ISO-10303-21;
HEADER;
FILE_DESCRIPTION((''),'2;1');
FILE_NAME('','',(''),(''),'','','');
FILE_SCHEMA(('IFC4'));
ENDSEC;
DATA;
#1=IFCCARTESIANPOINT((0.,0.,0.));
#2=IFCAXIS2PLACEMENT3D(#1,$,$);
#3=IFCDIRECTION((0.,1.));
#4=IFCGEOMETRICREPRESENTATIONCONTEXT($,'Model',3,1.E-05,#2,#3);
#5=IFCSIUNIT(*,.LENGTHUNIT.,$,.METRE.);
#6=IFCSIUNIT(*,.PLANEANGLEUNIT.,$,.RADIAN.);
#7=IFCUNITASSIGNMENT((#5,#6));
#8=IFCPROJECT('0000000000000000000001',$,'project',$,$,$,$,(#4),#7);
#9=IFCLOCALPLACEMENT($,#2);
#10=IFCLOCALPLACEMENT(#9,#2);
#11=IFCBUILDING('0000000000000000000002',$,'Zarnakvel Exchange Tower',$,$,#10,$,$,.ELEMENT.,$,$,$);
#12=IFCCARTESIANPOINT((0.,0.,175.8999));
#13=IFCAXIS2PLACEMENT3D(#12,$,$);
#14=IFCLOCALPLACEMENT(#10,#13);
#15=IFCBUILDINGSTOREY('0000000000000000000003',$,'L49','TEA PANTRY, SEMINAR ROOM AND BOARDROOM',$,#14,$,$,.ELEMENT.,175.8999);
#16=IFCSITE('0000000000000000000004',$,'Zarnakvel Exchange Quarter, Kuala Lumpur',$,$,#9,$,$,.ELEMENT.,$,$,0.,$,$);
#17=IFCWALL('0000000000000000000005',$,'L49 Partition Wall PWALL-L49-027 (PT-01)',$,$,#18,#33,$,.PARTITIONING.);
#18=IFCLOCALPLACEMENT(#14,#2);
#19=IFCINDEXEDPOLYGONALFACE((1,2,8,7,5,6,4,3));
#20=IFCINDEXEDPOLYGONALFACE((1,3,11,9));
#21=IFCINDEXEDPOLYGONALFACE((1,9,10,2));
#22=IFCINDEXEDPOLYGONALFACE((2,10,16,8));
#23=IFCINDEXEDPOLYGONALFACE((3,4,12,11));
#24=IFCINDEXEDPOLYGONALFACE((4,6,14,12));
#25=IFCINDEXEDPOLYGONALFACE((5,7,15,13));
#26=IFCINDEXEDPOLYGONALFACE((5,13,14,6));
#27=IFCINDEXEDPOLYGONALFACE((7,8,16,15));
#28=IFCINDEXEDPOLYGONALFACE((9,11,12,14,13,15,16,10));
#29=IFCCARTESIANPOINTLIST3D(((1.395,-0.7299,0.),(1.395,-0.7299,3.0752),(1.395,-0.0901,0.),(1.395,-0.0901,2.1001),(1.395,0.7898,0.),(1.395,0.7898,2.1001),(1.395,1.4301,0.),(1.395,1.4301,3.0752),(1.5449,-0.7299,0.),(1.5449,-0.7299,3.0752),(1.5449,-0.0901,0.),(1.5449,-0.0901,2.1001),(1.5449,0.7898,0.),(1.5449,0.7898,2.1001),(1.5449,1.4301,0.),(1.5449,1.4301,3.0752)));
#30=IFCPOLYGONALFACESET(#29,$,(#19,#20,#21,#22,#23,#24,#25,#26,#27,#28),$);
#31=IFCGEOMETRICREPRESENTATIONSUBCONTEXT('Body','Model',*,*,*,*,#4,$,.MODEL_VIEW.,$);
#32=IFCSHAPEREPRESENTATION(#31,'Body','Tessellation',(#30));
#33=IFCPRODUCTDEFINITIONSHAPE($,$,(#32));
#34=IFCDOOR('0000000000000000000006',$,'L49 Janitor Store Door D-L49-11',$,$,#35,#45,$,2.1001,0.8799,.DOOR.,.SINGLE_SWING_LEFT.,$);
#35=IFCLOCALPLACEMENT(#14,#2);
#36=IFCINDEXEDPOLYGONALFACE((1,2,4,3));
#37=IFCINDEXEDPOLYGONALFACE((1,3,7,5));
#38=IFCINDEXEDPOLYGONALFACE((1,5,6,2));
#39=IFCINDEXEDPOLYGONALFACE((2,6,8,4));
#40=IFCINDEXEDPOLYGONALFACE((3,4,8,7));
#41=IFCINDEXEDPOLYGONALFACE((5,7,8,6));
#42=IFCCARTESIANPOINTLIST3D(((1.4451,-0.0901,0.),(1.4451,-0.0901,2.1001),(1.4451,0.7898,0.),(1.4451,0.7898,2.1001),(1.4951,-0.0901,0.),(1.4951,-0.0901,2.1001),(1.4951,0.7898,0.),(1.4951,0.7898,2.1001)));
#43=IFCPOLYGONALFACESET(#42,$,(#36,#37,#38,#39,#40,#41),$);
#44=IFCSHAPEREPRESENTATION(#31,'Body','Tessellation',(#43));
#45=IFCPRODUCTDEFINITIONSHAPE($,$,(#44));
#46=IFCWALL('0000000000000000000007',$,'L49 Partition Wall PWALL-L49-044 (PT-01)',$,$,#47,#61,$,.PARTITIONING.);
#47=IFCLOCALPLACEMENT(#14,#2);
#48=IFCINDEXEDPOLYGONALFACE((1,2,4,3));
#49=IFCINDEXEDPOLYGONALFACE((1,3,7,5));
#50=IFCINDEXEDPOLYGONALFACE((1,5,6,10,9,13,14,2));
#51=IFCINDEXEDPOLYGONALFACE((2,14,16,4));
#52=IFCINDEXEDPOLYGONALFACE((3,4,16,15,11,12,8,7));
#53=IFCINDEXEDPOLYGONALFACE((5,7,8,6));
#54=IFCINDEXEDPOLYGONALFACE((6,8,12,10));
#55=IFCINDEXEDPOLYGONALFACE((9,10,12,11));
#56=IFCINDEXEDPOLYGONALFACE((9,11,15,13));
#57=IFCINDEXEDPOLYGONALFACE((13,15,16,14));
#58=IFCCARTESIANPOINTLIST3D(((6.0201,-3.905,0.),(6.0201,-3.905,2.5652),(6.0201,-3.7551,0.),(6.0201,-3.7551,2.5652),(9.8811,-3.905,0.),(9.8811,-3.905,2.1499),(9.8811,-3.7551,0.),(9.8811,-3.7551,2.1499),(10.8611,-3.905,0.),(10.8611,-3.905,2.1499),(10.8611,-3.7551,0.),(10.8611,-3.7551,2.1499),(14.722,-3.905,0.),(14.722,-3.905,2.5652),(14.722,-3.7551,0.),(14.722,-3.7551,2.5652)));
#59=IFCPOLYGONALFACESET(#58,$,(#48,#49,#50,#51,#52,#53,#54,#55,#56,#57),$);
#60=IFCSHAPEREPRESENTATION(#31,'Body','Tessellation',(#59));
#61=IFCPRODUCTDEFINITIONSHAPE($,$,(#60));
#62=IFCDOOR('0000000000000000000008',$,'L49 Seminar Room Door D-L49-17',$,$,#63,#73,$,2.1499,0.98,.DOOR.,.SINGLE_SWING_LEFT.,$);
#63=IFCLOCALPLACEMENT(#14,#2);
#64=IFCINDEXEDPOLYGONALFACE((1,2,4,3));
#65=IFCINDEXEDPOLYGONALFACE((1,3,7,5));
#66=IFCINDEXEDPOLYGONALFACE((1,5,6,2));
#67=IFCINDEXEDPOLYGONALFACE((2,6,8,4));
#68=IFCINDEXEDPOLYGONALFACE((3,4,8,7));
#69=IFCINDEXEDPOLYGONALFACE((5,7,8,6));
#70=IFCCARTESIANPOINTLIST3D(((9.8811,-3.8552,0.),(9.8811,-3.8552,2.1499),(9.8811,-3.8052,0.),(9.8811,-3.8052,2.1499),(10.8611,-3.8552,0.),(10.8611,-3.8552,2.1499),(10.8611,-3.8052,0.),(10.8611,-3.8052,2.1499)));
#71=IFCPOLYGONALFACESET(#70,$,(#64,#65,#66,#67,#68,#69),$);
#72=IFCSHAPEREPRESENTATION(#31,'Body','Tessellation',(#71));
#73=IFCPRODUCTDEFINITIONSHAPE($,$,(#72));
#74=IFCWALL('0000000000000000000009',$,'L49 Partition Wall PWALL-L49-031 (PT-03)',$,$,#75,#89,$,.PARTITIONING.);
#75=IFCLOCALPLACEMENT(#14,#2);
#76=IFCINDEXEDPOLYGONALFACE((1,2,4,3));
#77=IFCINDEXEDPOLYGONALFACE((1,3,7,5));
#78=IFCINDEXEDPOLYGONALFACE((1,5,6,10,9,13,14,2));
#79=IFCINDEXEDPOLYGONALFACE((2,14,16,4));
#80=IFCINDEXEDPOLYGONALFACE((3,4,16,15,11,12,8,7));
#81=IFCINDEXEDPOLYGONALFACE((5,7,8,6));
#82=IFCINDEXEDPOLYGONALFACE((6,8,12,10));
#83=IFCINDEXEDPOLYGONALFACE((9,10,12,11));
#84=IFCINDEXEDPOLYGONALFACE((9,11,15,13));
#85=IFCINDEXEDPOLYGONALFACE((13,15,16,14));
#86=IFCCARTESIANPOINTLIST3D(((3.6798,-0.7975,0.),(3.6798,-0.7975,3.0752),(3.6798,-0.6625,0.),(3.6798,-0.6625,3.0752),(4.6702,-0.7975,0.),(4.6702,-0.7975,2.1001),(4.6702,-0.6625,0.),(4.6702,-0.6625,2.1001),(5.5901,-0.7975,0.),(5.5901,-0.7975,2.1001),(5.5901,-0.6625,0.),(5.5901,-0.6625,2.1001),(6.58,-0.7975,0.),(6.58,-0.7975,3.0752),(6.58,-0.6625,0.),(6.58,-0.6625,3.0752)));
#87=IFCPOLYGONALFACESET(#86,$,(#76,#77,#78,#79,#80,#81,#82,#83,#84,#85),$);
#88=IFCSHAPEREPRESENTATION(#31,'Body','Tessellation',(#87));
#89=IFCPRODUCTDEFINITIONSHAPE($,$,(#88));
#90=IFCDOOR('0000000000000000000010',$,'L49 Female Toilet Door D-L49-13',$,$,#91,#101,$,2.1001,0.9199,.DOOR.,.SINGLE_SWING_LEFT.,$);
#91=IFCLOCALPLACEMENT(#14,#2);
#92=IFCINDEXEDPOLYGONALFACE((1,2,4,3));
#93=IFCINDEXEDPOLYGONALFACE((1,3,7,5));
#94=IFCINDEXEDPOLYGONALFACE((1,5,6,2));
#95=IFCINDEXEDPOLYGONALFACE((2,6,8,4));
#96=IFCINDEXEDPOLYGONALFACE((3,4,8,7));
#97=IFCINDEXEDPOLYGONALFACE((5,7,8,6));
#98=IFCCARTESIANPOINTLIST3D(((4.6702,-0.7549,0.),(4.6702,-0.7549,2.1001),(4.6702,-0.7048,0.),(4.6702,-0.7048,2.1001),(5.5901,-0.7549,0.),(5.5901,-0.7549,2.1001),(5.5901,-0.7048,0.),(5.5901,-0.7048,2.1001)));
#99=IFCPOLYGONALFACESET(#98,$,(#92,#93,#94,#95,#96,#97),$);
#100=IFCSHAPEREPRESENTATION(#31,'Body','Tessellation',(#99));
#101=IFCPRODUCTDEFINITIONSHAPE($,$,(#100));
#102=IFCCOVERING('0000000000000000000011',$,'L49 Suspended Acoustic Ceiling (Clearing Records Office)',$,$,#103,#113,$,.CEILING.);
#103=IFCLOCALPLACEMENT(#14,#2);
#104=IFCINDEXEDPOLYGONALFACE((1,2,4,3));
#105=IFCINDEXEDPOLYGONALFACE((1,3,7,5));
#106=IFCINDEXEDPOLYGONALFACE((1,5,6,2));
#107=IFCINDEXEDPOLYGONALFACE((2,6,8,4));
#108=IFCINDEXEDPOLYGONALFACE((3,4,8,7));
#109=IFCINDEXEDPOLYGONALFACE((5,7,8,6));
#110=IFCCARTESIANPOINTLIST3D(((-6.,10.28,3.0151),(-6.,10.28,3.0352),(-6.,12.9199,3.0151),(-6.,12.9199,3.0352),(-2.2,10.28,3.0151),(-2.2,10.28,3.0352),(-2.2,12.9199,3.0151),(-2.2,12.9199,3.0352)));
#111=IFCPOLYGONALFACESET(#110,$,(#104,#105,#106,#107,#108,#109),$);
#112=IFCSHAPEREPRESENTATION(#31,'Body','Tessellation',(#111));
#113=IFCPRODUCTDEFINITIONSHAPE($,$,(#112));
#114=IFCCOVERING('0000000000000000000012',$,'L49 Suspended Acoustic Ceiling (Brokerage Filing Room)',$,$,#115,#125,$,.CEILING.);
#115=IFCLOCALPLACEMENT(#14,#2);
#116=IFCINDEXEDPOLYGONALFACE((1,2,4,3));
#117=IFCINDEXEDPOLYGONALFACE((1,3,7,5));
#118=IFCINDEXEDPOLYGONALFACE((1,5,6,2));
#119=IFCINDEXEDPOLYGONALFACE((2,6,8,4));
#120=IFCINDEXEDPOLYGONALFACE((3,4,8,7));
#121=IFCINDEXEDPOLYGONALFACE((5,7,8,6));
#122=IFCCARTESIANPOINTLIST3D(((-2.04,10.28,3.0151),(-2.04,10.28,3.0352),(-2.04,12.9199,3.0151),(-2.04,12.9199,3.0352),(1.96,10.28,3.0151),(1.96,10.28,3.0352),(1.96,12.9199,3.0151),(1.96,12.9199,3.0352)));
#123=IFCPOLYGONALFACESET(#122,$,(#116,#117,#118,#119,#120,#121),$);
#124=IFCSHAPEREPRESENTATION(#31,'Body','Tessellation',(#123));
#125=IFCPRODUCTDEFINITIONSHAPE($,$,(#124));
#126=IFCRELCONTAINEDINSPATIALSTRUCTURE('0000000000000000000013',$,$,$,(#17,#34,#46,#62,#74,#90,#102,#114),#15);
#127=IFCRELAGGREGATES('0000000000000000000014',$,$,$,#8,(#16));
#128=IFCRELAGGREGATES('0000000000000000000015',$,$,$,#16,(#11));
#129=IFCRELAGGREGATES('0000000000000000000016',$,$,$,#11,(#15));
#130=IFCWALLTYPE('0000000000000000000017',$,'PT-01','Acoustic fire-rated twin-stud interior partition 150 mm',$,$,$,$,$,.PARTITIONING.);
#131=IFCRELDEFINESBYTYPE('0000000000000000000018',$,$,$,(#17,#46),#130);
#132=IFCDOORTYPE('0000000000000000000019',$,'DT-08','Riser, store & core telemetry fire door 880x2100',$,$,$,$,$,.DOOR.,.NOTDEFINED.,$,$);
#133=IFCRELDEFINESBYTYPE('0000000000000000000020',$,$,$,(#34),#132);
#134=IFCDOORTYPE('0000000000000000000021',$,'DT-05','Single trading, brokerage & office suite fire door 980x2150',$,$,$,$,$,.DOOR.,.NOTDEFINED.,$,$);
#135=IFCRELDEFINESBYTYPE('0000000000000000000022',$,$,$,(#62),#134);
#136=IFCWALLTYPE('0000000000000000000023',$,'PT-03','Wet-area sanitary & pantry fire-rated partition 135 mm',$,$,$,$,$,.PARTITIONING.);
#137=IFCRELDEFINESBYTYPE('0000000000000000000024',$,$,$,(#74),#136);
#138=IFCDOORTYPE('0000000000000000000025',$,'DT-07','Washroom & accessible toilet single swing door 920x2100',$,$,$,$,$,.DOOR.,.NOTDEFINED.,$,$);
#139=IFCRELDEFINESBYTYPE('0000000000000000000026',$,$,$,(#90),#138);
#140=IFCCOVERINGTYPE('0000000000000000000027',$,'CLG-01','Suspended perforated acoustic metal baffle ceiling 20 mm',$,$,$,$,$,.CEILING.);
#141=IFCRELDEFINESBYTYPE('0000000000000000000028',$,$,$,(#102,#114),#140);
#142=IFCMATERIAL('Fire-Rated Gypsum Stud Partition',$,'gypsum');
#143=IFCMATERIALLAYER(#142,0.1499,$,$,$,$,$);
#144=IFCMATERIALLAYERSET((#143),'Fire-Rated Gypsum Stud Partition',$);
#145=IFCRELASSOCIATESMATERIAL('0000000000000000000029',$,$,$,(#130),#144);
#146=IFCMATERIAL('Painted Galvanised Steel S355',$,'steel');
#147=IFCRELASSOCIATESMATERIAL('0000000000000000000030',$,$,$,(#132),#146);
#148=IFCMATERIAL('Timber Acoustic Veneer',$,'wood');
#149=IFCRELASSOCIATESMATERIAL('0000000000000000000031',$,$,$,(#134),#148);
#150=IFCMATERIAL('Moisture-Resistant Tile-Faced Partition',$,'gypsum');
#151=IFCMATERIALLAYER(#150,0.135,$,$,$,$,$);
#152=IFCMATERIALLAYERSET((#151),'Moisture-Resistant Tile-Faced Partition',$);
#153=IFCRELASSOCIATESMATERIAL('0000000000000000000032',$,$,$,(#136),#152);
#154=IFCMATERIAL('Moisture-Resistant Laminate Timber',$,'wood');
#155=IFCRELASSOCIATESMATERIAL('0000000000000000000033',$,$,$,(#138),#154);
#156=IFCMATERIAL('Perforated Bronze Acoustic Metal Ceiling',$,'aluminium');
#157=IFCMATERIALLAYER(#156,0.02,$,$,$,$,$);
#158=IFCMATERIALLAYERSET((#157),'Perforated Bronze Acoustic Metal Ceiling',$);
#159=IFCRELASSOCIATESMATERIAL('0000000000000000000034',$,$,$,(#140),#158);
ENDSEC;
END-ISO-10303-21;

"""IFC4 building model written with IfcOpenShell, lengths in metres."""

from ifc_helpers import new_model, si_unit, direction, frame, frame_2d, origin, place, context, subcontext, project, spatial, polyline, rectangle, outline, extrude, source, transform, mapped, material, layer, layer_set, type_object, element, fill, save


model = new_model("IFC4")

# Units and contexts
model_context = context("Model", 3, precision=1e-05, world=origin(), true_north=direction((0.0, 1.0)))
body_context = subcontext(model_context, "Body", "Model", "MODEL_VIEW")
ifc_project = project(units=[si_unit("LENGTHUNIT", "METRE"), si_unit("PLANEANGLEUNIT", "RADIAN")], contexts=[model_context])

# Site, building, storey
site_placement = place(None, origin())
site = spatial("IfcSite", under=ifc_project, at=site_placement, Name="Zarnakvel Exchange Quarter, Kuala Lumpur", CompositionType="ELEMENT", RefElevation=0.0)
building_placement = place(site_placement, origin())
building = spatial("IfcBuilding", under=site, at=building_placement, Name="Zarnakvel Exchange Tower", CompositionType="ELEMENT")
storey_placement = place(building_placement, frame((0.0, 0.0, 175.8999)))
storey = spatial("IfcBuildingStorey", under=building, at=storey_placement, Name="L49", Description="TEA PANTRY, SEMINAR ROOM AND BOARDROOM", CompositionType="ELEMENT", Elevation=175.8999)

# Shared definitions
ifc_material_1 = material(Name="Fire-Rated Gypsum Stud Partition", Category="gypsum")
ifc_layer_1 = layer(ifc_material_1, 0.1499)
ifc_layer_set_1 = layer_set([ifc_layer_1], Name="Fire-Rated Gypsum Stud Partition")
wall_type_1 = type_object("IfcWallType", Name="PT-01", Description="Acoustic fire-rated twin-stud interior partition 150 mm", PredefinedType="PARTITIONING", material=ifc_layer_set_1)

# Walls, openings, doors
wall_1_placement = place(storey_placement, frame((1.47, -0.73, 0.0), z_axis=(0.0, 0.0, 1.0), x_axis=(0.0, 1.0, 0.0)))
wall_1 = element("IfcWall", 1, at=wall_1_placement, inside=storey, type_object=wall_type_1, Name="L49 Partition Wall PWALL-L49-027 (PT-01)", PredefinedType="PARTITIONING", context=body_context, shape_type="SweptSolid", body=[
    extrude(rectangle(XDim=2.1599, YDim=0.1499, at=frame_2d((1.0801, 0.0))), origin(), (0.0, 0.0, 1.0), 3.0752),
])
opening_1_placement = place(wall_1_placement, frame((0.6399, 0.0, 0.0)))
opening_1 = element("IfcOpeningElement", 2, at=opening_1_placement, cuts=wall_1, PredefinedType="OPENING", context=body_context, shape_type="SweptSolid", body=[
    extrude(rectangle(XDim=0.8799, YDim=2.1001, at=frame_2d((0.4399, 1.05))), frame((0.0, 0.085, 0.0), z_axis=(0.0, -1.0, 0.0), x_axis=(1.0, 0.0, 0.0)), (0.0, 0.0, 1.0), 0.1699),
])
ifc_material_2 = material(Name="Painted Galvanised Steel S355", Category="steel")
door_type_1 = type_object("IfcDoorType", Name="DT-08", Description="Riser, store & core telemetry fire door 880x2100", OperationType="NOTDEFINED", PredefinedType="DOOR", material=ifc_material_2)
shared_shape_1 = source(origin(), body_context, "Body", "SweptSolid", [
    extrude(rectangle(XDim=0.8799, YDim=2.1001, at=frame_2d((0.4399, 1.05))), frame((0.0, 0.0249, 0.0), z_axis=(0.0, -1.0, 0.0), x_axis=(1.0, 0.0, 0.0)), (0.0, 0.0, 1.0), 0.05),
])
door_1_placement = place(opening_1_placement, origin())
door_1 = element("IfcDoor", 3, at=door_1_placement, inside=storey, type_object=door_type_1, Name="L49 Janitor Store Door D-L49-11", OperationType="SINGLE_SWING_LEFT", OverallHeight=2.1001, OverallWidth=0.8799, PredefinedType="DOOR", context=body_context, shape_type="MappedRepresentation", body=[
    mapped(shared_shape_1, transform((0.0, 0.0, 0.0), x_axis=(1.0, 0.0, 0.0), y_axis=(0.0, 1.0, 0.0), z_axis=(0.0, 0.0, 1.0), scale=1.0)),
])
fill(opening_1, door_1)
wall_2_placement = place(storey_placement, frame((6.02, -3.8301, 0.0), z_axis=(0.0, 0.0, 1.0), x_axis=(1.0, 0.0, 0.0)))
wall_2 = element("IfcWall", 4, at=wall_2_placement, inside=storey, type_object=wall_type_1, Name="L49 Partition Wall PWALL-L49-044 (PT-01)", PredefinedType="PARTITIONING", context=body_context, shape_type="SweptSolid", body=[
    extrude(rectangle(XDim=8.7019, YDim=0.1499, at=frame_2d((4.3511, 0.0))), origin(), (0.0, 0.0, 1.0), 2.5652),
])
opening_2_placement = place(wall_2_placement, frame((3.8611, 0.0, 0.0)))
opening_2 = element("IfcOpeningElement", 5, at=opening_2_placement, cuts=wall_2, PredefinedType="OPENING", context=body_context, shape_type="SweptSolid", body=[
    extrude(rectangle(XDim=0.98, YDim=2.1499, at=frame_2d((0.49, 1.075))), frame((0.0, 0.085, 0.0), z_axis=(0.0, -1.0, 0.0), x_axis=(1.0, 0.0, 0.0)), (0.0, 0.0, 1.0), 0.1699),
])
ifc_material_3 = material(Name="Timber Acoustic Veneer", Category="wood")
door_type_2 = type_object("IfcDoorType", Name="DT-05", Description="Single trading, brokerage & office suite fire door 980x2150", OperationType="NOTDEFINED", PredefinedType="DOOR", material=ifc_material_3)
shared_shape_2 = source(origin(), body_context, "Body", "SweptSolid", [
    extrude(rectangle(XDim=0.98, YDim=2.1499, at=frame_2d((0.49, 1.075))), frame((0.0, 0.0249, 0.0), z_axis=(0.0, -1.0, 0.0), x_axis=(1.0, 0.0, 0.0)), (0.0, 0.0, 1.0), 0.05),
])
door_2_placement = place(opening_2_placement, origin())
door_2 = element("IfcDoor", 6, at=door_2_placement, inside=storey, type_object=door_type_2, Name="L49 Seminar Room Door D-L49-17", OperationType="SINGLE_SWING_LEFT", OverallHeight=2.1499, OverallWidth=0.98, PredefinedType="DOOR", context=body_context, shape_type="MappedRepresentation", body=[
    mapped(shared_shape_2, transform((0.0, 0.0, 0.0), x_axis=(1.0, 0.0, 0.0), y_axis=(0.0, 1.0, 0.0), z_axis=(0.0, 0.0, 1.0), scale=1.0)),
])
fill(opening_2, door_2)
ifc_material_4 = material(Name="Moisture-Resistant Tile-Faced Partition", Category="gypsum")
ifc_layer_2 = layer(ifc_material_4, 0.135)
ifc_layer_set_2 = layer_set([ifc_layer_2], Name="Moisture-Resistant Tile-Faced Partition")
wall_type_2 = type_object("IfcWallType", Name="PT-03", Description="Wet-area sanitary & pantry fire-rated partition 135 mm", PredefinedType="PARTITIONING", material=ifc_layer_set_2)
wall_3_placement = place(storey_placement, frame((6.5801, -0.73, 0.0), z_axis=(0.0, 0.0, 1.0), x_axis=(-1.0, 0.0, 0.0)))
wall_3 = element("IfcWall", 7, at=wall_3_placement, inside=storey, type_object=wall_type_2, Name="L49 Partition Wall PWALL-L49-031 (PT-03)", PredefinedType="PARTITIONING", context=body_context, shape_type="SweptSolid", body=[
    extrude(rectangle(XDim=2.9001, YDim=0.135, at=frame_2d((1.4502, 0.0))), origin(), (0.0, 0.0, 1.0), 3.0752),
])
opening_3_placement = place(wall_3_placement, frame((0.99, 0.0, 0.0)))
opening_3 = element("IfcOpeningElement", 8, at=opening_3_placement, cuts=wall_3, PredefinedType="OPENING", context=body_context, shape_type="SweptSolid", body=[
    extrude(rectangle(XDim=0.9199, YDim=2.1001, at=frame_2d((0.46, 1.05))), frame((0.0, 0.0774, 0.0), z_axis=(0.0, -1.0, 0.0), x_axis=(1.0, 0.0, 0.0)), (0.0, 0.0, 1.0), 0.155),
])
ifc_material_5 = material(Name="Moisture-Resistant Laminate Timber", Category="wood")
door_type_3 = type_object("IfcDoorType", Name="DT-07", Description="Washroom & accessible toilet single swing door 920x2100", OperationType="NOTDEFINED", PredefinedType="DOOR", material=ifc_material_5)
shared_shape_3 = source(origin(), body_context, "Body", "SweptSolid", [
    extrude(rectangle(XDim=0.9199, YDim=2.1001, at=frame_2d((0.46, 1.05))), frame((0.0, 0.0249, 0.0), z_axis=(0.0, -1.0, 0.0), x_axis=(1.0, 0.0, 0.0)), (0.0, 0.0, 1.0), 0.05),
])
door_3_placement = place(opening_3_placement, origin())
door_3 = element("IfcDoor", 9, at=door_3_placement, inside=storey, type_object=door_type_3, Name="L49 Female Toilet Door D-L49-13", OperationType="SINGLE_SWING_LEFT", OverallHeight=2.1001, OverallWidth=0.9199, PredefinedType="DOOR", context=body_context, shape_type="MappedRepresentation", body=[
    mapped(shared_shape_3, transform((0.0, 0.0, 0.0), x_axis=(1.0, 0.0, 0.0), y_axis=(0.0, 1.0, 0.0), z_axis=(0.0, 0.0, 1.0), scale=1.0)),
])
fill(opening_3, door_3)

# Coverings
ifc_material_6 = material(Name="Perforated Bronze Acoustic Metal Ceiling", Category="aluminium")
ifc_layer_3 = layer(ifc_material_6, 0.02)
ifc_layer_set_3 = layer_set([ifc_layer_3], Name="Perforated Bronze Acoustic Metal Ceiling")
covering_type_1 = type_object("IfcCoveringType", Name="CLG-01", Description="Suspended perforated acoustic metal baffle ceiling 20 mm", PredefinedType="CEILING", material=ifc_layer_set_3)
covering_1_placement = place(storey_placement, frame((0.0, 0.0, 3.0151)))
element("IfcCovering", 10, at=covering_1_placement, inside=storey, type_object=covering_type_1, Name="L49 Suspended Acoustic Ceiling (Clearing Records Office)", PredefinedType="CEILING", context=body_context, shape_type="SweptSolid", body=[
    extrude(outline(polyline([(-6.0, 12.9199), (-2.2, 12.9199), (-2.2, 10.28), (-6.0, 10.28), (-6.0, 12.9199)])), origin(), (0.0, 0.0, 1.0), 0.02),
])
covering_2_placement = place(storey_placement, frame((0.0, 0.0, 3.0151)))
element("IfcCovering", 11, at=covering_2_placement, inside=storey, type_object=covering_type_1, Name="L49 Suspended Acoustic Ceiling (Brokerage Filing Room)", PredefinedType="CEILING", context=body_context, shape_type="SweptSolid", body=[
    extrude(outline(polyline([(-2.04, 12.9199), (1.96, 12.9199), (1.96, 10.28), (-2.04, 10.28), (-2.04, 12.9199)])), origin(), (0.0, 0.0, 1.0), 0.02),
])

save(model, "model.ifc")
